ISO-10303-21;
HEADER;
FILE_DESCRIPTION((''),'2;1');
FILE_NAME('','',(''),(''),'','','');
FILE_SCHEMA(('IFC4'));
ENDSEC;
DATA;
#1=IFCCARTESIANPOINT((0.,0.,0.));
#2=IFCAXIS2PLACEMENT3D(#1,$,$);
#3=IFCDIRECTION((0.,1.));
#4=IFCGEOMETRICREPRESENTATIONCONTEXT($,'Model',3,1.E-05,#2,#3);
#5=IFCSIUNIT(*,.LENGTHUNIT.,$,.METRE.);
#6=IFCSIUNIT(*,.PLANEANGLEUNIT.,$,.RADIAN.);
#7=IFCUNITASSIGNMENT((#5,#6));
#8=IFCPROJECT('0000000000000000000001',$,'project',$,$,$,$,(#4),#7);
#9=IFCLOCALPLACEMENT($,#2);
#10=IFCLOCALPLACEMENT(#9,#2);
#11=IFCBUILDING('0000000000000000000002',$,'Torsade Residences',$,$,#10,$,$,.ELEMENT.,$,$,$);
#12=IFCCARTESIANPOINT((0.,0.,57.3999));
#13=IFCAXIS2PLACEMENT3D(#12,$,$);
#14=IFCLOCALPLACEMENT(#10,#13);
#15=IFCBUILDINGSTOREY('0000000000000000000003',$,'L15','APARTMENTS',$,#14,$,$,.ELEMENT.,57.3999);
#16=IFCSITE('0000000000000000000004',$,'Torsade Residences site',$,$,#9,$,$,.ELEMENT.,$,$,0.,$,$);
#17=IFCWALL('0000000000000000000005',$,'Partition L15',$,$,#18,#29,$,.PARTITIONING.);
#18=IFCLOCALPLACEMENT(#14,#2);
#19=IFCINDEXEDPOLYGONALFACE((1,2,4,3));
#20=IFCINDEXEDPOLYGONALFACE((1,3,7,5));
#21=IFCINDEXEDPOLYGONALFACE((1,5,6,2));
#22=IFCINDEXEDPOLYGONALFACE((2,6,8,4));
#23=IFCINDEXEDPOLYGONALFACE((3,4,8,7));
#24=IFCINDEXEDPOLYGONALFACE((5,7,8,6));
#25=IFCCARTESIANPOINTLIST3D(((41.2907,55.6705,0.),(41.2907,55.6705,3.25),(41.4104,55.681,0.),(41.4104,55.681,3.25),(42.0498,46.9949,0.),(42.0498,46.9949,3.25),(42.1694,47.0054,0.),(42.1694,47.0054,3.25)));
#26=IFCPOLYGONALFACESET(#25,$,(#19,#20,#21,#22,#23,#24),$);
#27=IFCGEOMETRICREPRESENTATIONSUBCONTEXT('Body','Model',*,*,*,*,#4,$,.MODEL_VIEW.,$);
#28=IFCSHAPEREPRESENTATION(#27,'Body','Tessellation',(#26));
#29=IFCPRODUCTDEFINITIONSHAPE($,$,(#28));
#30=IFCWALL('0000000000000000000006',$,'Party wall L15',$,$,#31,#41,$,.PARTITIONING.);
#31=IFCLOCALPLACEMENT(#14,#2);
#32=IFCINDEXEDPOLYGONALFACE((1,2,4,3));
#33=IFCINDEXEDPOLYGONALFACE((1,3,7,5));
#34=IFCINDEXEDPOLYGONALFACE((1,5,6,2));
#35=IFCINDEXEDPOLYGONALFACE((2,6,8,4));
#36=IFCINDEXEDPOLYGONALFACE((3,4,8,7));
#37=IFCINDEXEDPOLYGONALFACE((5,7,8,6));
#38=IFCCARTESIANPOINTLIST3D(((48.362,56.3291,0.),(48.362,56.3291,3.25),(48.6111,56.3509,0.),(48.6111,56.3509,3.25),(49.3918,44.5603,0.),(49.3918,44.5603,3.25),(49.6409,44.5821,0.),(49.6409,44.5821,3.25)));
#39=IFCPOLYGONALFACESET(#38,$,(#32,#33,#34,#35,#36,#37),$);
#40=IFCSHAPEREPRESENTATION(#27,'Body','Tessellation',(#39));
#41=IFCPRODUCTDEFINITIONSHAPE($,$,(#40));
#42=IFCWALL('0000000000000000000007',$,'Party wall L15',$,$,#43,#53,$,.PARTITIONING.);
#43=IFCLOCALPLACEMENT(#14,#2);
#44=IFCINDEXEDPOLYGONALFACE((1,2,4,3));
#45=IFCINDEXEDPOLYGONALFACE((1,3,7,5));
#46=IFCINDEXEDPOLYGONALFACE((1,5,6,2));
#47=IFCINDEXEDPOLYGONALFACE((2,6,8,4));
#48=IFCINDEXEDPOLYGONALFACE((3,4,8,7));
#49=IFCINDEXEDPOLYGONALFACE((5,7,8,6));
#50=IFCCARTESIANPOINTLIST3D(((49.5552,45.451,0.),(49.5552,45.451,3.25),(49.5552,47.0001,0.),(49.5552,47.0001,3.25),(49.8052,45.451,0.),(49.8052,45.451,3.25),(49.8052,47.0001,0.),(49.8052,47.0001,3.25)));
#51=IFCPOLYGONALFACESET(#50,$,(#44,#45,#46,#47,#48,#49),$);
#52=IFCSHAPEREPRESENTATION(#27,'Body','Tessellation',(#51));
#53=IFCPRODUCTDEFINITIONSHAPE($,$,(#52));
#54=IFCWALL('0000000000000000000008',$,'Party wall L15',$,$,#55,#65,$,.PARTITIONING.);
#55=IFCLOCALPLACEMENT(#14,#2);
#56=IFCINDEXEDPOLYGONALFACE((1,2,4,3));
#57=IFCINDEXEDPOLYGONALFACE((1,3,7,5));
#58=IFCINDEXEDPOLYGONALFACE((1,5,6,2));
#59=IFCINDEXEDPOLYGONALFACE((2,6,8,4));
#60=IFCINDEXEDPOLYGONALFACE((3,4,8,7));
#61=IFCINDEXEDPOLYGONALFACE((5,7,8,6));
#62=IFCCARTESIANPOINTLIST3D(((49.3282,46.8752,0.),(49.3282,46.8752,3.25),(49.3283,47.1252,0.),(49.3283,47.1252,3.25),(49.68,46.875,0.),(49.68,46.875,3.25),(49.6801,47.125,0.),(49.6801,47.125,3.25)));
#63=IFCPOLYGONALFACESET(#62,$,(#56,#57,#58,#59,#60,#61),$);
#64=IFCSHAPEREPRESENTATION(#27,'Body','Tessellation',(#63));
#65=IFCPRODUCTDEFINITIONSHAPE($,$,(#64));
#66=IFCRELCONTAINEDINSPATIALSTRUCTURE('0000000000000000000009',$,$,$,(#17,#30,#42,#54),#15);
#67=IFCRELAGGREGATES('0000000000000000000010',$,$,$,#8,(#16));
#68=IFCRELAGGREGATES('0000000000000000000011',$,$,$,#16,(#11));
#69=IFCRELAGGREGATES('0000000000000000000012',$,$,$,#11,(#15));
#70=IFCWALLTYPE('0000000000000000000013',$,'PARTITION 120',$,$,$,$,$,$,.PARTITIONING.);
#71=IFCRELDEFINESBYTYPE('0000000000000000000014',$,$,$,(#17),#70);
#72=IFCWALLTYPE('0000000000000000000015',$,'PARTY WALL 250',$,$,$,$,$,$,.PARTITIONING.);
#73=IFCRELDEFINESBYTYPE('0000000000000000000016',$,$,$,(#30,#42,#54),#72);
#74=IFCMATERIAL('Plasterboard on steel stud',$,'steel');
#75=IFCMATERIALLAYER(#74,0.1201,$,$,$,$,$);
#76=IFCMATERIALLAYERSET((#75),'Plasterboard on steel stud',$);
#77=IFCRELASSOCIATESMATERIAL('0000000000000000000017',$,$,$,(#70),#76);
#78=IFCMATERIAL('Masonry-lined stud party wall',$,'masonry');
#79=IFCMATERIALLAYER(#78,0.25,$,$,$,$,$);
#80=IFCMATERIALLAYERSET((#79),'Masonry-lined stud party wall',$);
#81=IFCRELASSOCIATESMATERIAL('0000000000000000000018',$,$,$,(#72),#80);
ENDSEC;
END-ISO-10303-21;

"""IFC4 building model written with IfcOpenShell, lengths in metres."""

from ifc_helpers import new_model, si_unit, direction, frame, frame_2d, origin, place, context, subcontext, project, spatial, rectangle, extrude, material, layer, layer_set, type_object, element, save


model = new_model("IFC4")

# Units and contexts
model_context = context("Model", 3, precision=1e-05, world=origin(), true_north=direction((0.0, 1.0)))
body_context = subcontext(model_context, "Body", "Model", "MODEL_VIEW")
ifc_project = project(units=[si_unit("LENGTHUNIT", "METRE"), si_unit("PLANEANGLEUNIT", "RADIAN")], contexts=[model_context])

# Site, building, storey
site_placement = place(None, origin())
site = spatial("IfcSite", under=ifc_project, at=site_placement, Name="Torsade Residences site", CompositionType="ELEMENT", RefElevation=0.0)
building_placement = place(site_placement, origin())
building = spatial("IfcBuilding", under=site, at=building_placement, Name="Torsade Residences", CompositionType="ELEMENT")
storey_placement = place(building_placement, frame((0.0, 0.0, 57.3999)))
storey = spatial("IfcBuildingStorey", under=building, at=storey_placement, Name="L15", Description="APARTMENTS", CompositionType="ELEMENT", Elevation=57.3999)

# Shared definitions
ifc_material_1 = material(Name="Plasterboard on steel stud", Category="steel")
ifc_layer_1 = layer(ifc_material_1, 0.1201)
ifc_layer_set_1 = layer_set([ifc_layer_1], Name="Plasterboard on steel stud")
wall_type_1 = type_object("IfcWallType", Name="PARTITION 120", PredefinedType="PARTITIONING", material=ifc_layer_set_1)

# Walls
wall_1_placement = place(storey_placement, frame((42.1096, 47.0, 0.0), z_axis=(0.0, 0.0, 1.0), x_axis=(-0.087158, 0.996194, 0.0)))
element("IfcWall", 1, at=wall_1_placement, inside=storey, type_object=wall_type_1, Name="Partition L15", PredefinedType="PARTITIONING", context=body_context, shape_type="SweptSolid", body=[
    extrude(rectangle(XDim=8.7087, YDim=0.1201, at=frame_2d((4.3545, 0.0))), origin(), (0.0, 0.0, 1.0), 3.25),
])
ifc_material_2 = material(Name="Masonry-lined stud party wall", Category="masonry")
ifc_layer_2 = layer(ifc_material_2, 0.25)
ifc_layer_set_2 = layer_set([ifc_layer_2], Name="Masonry-lined stud party wall")
wall_type_2 = type_object("IfcWallType", Name="PARTY WALL 250", PredefinedType="PARTITIONING", material=ifc_layer_set_2)
wall_2_placement = place(storey_placement, frame((48.4866, 56.3398, 0.0), z_axis=(0.0, 0.0, 1.0), x_axis=(0.087168, -0.996194, 0.0)))
element("IfcWall", 2, at=wall_2_placement, inside=storey, type_object=wall_type_2, Name="Party wall L15", PredefinedType="PARTITIONING", context=body_context, shape_type="SweptSolid", body=[
    extrude(rectangle(XDim=11.8137, YDim=0.25, at=frame_2d((5.9067, 0.0))), origin(), (0.0, 0.0, 1.0), 3.25),
])
wall_3_placement = place(storey_placement, frame((49.6802, 47.0, 0.0), z_axis=(0.0, 0.0, 1.0), x_axis=(0.0, -1.0, 0.0)))
element("IfcWall", 3, at=wall_3_placement, inside=storey, type_object=wall_type_2, Name="Party wall L15", PredefinedType="PARTITIONING", context=body_context, shape_type="SweptSolid", body=[
    extrude(rectangle(XDim=1.5491, YDim=0.25, at=frame_2d((0.7744, 0.0))), origin(), (0.0, 0.0, 1.0), 3.25),
])
wall_4_placement = place(storey_placement, frame((49.3284, 47.0002, 0.0), z_axis=(0.0, 0.0, 1.0), x_axis=(1.0, -0.000694, 0.0)))
element("IfcWall", 4, at=wall_4_placement, inside=storey, type_object=wall_type_2, Name="Party wall L15", PredefinedType="PARTITIONING", context=body_context, shape_type="SweptSolid", body=[
    extrude(rectangle(XDim=0.3518, YDim=0.25, at=frame_2d((0.1758, 0.0))), origin(), (0.0, 0.0, 1.0), 3.25),
])

save(model, "model.ifc")
